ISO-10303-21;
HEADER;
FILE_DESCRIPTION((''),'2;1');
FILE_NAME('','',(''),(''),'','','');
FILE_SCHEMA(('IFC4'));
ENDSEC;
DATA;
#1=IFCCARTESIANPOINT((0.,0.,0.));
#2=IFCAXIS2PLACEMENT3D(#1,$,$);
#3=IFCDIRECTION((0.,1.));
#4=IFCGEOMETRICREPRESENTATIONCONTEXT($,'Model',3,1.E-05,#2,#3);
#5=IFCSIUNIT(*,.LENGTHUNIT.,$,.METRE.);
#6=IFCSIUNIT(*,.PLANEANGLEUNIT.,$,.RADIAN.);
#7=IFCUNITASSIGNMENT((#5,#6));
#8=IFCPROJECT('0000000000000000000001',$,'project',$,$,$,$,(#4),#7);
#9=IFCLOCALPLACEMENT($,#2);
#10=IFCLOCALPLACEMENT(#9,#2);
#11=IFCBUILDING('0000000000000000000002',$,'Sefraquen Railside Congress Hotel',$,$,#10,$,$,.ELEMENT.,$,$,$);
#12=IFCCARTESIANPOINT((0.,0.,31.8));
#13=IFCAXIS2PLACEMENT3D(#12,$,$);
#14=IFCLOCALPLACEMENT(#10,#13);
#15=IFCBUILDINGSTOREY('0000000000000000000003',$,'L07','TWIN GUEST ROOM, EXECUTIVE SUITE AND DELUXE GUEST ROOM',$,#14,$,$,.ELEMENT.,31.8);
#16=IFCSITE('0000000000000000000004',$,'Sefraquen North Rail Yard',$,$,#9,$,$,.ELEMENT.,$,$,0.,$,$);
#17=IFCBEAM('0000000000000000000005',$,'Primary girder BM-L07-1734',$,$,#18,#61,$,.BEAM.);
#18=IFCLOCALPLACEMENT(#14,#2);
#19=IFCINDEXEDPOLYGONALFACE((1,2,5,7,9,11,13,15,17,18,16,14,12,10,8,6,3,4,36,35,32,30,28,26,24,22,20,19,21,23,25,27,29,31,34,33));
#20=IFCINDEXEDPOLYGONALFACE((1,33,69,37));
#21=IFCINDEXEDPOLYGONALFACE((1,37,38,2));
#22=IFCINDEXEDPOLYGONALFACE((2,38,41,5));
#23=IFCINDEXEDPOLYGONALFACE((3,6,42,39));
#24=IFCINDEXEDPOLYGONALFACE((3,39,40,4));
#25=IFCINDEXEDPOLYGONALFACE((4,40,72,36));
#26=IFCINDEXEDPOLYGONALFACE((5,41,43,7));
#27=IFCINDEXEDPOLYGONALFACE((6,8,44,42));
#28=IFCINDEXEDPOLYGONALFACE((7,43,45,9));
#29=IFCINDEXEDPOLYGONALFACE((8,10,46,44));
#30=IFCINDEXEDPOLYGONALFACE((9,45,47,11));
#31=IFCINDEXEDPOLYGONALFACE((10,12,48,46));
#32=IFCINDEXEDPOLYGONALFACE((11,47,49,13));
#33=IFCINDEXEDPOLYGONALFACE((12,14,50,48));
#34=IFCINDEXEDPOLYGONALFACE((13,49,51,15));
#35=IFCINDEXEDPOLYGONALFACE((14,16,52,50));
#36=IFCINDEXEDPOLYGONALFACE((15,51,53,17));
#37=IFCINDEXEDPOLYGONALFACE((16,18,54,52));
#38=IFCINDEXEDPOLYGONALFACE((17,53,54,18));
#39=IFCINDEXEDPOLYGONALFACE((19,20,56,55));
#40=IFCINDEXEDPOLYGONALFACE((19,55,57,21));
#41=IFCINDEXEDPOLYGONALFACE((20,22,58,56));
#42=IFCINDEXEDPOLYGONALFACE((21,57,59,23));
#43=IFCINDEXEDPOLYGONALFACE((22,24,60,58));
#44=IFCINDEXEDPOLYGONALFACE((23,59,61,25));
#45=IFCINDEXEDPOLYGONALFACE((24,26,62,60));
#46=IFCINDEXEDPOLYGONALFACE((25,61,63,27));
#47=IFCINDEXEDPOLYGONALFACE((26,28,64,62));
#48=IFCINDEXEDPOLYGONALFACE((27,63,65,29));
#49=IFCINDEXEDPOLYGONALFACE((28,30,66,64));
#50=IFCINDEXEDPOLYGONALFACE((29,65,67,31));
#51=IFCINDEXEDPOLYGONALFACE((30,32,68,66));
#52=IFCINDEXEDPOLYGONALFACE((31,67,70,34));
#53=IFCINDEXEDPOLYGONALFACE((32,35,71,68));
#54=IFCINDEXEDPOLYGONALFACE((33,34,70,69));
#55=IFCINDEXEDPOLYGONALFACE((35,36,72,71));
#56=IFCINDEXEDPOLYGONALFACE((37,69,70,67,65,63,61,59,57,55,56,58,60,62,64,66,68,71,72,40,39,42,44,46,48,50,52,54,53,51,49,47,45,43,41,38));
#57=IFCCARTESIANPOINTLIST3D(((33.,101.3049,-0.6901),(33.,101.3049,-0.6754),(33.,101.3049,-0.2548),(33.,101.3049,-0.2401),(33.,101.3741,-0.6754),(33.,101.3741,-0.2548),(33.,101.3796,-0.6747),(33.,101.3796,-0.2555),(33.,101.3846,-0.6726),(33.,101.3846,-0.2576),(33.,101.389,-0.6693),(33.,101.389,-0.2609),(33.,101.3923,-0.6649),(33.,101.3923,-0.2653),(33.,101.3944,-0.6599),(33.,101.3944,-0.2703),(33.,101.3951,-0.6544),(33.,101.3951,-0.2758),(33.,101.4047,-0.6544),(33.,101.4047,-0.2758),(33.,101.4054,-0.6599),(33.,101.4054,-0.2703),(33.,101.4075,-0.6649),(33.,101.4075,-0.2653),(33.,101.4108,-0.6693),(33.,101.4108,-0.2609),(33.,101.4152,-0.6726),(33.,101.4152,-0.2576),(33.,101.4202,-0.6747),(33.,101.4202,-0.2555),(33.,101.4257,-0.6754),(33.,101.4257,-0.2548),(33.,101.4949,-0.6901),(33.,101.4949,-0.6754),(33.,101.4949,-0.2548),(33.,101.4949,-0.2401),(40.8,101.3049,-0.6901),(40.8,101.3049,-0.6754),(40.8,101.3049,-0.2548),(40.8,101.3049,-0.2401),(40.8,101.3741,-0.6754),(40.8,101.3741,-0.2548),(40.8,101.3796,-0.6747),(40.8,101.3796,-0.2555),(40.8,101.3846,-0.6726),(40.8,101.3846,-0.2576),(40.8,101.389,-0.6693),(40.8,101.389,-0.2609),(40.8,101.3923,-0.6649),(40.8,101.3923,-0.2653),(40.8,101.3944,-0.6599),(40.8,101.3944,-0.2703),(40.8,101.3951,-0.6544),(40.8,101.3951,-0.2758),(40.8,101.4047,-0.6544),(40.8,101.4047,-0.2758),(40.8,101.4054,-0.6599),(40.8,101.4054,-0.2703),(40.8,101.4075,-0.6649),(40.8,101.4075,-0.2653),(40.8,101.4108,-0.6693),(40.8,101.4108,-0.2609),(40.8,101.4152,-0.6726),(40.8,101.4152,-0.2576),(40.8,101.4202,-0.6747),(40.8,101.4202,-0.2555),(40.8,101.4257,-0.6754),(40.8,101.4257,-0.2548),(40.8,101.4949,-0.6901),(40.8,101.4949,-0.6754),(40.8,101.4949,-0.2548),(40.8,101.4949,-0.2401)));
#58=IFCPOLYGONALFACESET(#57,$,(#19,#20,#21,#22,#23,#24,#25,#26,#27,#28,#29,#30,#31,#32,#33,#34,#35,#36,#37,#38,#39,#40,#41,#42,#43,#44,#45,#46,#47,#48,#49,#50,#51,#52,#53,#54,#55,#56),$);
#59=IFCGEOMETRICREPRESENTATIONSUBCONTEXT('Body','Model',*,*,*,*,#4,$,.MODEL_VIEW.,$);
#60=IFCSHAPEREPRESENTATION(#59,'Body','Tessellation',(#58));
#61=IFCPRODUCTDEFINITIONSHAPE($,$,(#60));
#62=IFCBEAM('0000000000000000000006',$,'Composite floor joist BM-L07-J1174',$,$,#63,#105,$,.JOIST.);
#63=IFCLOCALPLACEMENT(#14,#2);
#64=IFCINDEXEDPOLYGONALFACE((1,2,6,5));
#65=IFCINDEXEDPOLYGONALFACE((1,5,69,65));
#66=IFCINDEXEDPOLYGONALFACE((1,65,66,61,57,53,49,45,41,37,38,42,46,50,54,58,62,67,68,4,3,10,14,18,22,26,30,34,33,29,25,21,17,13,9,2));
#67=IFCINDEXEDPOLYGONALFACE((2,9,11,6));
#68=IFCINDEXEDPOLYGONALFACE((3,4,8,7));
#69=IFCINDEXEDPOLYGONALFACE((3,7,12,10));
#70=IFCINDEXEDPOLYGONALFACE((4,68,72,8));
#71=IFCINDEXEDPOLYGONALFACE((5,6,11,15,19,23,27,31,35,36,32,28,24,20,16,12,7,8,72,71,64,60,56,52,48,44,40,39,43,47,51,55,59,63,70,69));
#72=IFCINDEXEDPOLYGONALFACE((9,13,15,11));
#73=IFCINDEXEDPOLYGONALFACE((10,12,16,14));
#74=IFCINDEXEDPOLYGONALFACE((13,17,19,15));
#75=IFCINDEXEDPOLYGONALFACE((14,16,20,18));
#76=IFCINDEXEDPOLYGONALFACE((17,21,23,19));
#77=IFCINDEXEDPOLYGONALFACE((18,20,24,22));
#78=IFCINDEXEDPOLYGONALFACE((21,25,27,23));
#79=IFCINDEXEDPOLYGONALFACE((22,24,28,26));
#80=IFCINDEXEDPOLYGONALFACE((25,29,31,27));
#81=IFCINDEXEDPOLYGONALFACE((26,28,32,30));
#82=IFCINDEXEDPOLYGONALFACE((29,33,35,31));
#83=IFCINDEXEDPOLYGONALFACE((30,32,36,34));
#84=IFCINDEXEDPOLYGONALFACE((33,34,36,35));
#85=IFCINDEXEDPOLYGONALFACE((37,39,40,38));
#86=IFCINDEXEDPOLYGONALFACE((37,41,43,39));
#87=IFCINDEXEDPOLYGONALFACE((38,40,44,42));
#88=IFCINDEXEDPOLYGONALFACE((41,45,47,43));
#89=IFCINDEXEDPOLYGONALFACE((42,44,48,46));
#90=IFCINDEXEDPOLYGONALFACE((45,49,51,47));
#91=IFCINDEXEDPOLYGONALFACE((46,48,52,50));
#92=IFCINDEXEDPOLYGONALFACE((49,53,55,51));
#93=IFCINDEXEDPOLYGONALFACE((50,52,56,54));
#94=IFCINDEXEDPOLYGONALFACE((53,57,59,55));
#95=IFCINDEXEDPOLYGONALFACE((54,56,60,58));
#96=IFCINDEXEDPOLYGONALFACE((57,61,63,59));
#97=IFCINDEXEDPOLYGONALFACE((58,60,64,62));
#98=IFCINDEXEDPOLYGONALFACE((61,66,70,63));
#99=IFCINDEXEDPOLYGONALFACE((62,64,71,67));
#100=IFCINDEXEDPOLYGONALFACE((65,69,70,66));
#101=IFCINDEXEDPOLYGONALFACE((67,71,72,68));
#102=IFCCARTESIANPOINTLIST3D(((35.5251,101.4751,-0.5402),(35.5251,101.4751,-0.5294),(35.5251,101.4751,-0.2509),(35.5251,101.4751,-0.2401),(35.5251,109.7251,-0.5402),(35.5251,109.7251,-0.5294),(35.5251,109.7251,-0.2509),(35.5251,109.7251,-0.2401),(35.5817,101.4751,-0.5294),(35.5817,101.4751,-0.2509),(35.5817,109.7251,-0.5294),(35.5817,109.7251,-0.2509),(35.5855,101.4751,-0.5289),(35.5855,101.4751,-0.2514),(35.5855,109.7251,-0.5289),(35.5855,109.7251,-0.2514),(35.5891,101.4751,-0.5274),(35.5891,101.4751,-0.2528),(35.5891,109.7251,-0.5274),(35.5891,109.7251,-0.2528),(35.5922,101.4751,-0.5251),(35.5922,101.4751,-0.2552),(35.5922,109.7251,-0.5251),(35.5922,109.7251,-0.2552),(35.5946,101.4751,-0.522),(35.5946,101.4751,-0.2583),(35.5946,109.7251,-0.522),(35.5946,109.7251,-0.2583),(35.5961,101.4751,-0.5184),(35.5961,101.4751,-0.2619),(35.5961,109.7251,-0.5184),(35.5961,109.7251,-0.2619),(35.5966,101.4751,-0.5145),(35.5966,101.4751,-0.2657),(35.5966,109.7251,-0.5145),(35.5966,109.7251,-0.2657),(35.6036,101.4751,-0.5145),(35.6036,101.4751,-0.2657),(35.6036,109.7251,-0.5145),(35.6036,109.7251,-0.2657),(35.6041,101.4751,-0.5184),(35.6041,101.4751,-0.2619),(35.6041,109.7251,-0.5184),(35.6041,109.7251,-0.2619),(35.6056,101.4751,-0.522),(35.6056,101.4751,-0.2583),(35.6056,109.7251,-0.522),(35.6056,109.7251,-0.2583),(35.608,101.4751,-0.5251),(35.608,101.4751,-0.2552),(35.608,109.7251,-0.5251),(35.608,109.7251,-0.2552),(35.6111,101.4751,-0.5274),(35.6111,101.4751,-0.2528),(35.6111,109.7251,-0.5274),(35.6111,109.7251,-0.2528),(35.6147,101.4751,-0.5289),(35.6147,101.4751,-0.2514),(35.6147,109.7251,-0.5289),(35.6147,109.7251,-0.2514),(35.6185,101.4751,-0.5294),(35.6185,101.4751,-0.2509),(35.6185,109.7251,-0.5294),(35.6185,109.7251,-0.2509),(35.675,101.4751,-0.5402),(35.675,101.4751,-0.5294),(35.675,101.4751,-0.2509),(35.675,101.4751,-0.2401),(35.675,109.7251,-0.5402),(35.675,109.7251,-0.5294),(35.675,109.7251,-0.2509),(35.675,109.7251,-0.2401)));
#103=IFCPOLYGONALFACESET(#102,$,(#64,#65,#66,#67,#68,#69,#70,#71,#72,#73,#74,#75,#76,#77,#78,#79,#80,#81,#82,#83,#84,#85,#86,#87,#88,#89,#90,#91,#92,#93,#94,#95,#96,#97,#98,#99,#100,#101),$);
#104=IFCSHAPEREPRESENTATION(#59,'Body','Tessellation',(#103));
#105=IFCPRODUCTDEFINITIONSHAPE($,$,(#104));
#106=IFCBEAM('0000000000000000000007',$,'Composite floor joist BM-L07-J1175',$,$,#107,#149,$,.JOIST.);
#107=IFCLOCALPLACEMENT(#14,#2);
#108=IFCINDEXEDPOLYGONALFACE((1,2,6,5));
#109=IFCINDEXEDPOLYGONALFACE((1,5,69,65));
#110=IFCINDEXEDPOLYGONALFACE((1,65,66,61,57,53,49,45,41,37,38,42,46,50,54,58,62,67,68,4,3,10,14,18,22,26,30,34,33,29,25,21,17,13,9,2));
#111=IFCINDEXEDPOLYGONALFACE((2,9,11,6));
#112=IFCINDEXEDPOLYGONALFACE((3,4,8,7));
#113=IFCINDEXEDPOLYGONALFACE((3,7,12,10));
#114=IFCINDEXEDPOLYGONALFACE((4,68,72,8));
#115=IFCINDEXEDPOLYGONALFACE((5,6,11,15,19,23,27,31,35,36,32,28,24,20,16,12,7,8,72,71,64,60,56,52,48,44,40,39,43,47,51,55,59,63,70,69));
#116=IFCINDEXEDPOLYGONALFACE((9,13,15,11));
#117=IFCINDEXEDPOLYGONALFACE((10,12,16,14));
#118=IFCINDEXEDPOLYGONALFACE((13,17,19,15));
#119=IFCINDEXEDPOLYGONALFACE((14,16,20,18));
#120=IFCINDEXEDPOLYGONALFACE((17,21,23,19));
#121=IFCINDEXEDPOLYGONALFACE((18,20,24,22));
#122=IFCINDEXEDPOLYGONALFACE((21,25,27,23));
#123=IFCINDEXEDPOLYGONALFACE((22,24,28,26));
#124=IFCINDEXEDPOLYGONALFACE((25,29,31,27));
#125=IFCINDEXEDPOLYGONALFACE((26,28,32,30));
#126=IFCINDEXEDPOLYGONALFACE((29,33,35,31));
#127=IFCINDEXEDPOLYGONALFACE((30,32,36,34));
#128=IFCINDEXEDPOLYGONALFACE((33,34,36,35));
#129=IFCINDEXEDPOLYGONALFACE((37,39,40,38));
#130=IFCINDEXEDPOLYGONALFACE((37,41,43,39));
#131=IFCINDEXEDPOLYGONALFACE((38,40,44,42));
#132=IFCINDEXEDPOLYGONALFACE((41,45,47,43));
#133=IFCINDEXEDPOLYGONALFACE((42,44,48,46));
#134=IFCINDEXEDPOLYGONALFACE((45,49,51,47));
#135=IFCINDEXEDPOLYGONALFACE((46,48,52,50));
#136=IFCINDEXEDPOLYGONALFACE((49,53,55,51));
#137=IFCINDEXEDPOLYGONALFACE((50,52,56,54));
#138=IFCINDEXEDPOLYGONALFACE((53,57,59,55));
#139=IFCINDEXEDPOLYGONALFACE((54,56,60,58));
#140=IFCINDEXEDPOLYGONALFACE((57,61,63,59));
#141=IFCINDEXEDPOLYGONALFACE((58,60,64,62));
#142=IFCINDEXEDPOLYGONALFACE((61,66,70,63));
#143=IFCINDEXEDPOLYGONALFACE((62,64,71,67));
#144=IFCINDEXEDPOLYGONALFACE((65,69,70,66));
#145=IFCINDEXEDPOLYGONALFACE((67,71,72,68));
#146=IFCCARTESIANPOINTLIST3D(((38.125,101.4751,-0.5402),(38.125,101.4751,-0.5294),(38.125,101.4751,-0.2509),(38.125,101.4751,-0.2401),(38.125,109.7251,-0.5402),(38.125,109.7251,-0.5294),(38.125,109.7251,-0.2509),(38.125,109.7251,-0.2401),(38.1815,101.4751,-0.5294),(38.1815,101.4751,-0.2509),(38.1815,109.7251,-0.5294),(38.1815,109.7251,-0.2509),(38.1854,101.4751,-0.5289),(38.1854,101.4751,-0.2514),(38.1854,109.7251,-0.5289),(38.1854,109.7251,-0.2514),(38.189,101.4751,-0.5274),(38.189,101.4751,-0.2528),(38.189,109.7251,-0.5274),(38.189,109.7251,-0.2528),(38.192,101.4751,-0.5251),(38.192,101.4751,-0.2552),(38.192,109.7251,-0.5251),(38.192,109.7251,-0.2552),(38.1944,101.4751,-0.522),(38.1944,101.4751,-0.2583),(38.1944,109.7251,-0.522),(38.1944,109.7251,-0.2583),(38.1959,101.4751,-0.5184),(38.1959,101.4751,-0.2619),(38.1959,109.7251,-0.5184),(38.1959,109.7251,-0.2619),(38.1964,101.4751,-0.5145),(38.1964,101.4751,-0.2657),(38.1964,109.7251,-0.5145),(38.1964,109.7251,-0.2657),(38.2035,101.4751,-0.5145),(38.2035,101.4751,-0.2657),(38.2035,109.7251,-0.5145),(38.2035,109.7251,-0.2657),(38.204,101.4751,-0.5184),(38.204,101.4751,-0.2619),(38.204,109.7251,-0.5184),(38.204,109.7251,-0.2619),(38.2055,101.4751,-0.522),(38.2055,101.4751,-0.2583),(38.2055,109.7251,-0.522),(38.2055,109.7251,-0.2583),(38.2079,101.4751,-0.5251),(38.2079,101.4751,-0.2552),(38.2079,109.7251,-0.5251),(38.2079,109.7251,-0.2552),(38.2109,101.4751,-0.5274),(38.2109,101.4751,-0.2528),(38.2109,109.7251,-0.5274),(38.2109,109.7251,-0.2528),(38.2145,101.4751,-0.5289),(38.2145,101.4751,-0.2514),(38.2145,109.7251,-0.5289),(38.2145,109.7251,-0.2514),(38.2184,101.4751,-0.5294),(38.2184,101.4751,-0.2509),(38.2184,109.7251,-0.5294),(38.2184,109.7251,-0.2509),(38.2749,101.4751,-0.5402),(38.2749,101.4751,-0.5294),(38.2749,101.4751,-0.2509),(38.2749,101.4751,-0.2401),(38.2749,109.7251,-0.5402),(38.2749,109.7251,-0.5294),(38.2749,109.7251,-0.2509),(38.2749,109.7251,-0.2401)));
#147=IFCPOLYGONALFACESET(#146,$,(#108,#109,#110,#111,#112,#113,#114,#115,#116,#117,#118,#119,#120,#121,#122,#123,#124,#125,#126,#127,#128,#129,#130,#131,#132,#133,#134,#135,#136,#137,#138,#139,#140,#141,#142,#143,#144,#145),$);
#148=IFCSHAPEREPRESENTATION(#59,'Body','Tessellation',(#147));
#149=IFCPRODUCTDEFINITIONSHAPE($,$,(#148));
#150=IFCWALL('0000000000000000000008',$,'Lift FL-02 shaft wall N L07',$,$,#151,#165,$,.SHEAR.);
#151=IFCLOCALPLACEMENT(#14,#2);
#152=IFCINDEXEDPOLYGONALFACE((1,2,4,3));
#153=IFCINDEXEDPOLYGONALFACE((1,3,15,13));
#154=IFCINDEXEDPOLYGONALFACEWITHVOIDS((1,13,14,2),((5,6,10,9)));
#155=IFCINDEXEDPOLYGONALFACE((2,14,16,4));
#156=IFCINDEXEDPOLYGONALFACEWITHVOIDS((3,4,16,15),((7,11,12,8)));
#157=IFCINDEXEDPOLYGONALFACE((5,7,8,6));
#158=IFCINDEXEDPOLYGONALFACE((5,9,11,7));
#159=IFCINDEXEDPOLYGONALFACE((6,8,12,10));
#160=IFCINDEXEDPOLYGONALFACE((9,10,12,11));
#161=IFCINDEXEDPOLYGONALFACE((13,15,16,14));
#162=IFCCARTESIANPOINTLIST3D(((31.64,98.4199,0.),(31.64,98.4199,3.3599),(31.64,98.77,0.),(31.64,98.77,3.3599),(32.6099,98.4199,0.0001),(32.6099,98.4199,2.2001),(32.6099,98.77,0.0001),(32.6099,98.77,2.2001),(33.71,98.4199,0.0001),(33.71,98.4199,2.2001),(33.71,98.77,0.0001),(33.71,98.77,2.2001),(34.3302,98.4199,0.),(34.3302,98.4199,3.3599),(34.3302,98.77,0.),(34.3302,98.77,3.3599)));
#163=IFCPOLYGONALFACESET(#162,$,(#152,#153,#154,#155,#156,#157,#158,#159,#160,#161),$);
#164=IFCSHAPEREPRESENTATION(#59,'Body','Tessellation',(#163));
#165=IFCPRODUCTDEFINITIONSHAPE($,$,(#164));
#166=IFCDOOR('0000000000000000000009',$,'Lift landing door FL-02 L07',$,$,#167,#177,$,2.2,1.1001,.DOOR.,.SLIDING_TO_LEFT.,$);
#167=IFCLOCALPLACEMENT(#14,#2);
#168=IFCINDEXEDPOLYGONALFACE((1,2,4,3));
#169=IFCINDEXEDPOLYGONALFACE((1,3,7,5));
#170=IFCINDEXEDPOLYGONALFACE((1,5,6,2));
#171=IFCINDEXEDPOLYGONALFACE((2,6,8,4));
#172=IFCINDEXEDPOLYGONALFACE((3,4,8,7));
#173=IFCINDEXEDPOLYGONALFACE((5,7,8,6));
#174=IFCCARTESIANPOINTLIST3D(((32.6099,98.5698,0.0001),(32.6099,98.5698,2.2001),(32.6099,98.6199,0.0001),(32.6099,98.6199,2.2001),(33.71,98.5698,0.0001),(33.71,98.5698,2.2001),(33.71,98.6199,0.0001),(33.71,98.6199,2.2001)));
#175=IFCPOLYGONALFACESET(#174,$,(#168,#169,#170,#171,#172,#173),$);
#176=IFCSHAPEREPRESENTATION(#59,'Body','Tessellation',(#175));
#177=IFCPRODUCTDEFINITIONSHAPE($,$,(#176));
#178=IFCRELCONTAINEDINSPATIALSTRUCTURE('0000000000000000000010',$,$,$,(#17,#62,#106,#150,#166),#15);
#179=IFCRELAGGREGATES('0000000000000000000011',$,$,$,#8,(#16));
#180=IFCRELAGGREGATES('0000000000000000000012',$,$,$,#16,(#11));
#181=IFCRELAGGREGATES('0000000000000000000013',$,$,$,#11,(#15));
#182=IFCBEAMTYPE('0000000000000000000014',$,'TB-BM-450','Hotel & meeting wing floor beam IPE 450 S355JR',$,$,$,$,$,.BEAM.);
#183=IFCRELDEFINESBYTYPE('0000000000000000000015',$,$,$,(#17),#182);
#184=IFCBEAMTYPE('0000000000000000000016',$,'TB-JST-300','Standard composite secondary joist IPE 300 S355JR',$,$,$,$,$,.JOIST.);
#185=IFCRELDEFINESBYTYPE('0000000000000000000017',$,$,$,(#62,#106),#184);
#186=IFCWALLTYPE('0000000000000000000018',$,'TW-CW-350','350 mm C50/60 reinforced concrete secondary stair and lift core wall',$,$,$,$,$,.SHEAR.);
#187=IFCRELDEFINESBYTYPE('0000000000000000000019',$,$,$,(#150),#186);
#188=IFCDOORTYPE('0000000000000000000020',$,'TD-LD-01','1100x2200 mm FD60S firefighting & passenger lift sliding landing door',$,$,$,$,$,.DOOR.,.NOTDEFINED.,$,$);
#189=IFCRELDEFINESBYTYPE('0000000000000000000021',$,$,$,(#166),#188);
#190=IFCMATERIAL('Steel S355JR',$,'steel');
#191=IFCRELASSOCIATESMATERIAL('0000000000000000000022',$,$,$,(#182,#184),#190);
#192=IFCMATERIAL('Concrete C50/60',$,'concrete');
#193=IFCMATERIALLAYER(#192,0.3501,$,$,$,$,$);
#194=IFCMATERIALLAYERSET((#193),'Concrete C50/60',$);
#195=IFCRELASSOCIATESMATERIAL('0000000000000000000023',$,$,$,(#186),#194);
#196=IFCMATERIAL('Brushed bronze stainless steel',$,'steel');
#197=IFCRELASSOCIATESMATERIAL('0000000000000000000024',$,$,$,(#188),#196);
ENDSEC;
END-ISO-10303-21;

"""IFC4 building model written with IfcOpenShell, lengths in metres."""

from ifc_helpers import new_model, si_unit, direction, frame, frame_2d, origin, origin_2d, place, context, subcontext, project, spatial, rectangle, i_section, extrude, material, layer, layer_set, material_profile, profile_set, type_object, element, fill, save


model = new_model("IFC4")

# Units and contexts
model_context = context("Model", 3, precision=1e-05, world=origin(), true_north=direction((0.0, 1.0)))
body_context = subcontext(model_context, "Body", "Model", "MODEL_VIEW")
ifc_project = project(units=[si_unit("LENGTHUNIT", "METRE"), si_unit("PLANEANGLEUNIT", "RADIAN")], contexts=[model_context])

# Site, building, storey
site_placement = place(None, origin())
site = spatial("IfcSite", under=ifc_project, at=site_placement, Name="Sefraquen North Rail Yard", CompositionType="ELEMENT", RefElevation=0.0)
building_placement = place(site_placement, origin())
building = spatial("IfcBuilding", under=site, at=building_placement, Name="Sefraquen Railside Congress Hotel", CompositionType="ELEMENT")
storey_placement = place(building_placement, frame((0.0, 0.0, 31.8)))
storey = spatial("IfcBuildingStorey", under=building, at=storey_placement, Name="L07", Description="TWIN GUEST ROOM, EXECUTIVE SUITE AND DELUXE GUEST ROOM", CompositionType="ELEMENT", Elevation=31.8)

# Shared definitions
ifc_material_1 = material(Name="Steel S355JR", Category="steel")

# Beams
ifc_material_profile_1 = material_profile(ifc_material_1, i_section(OverallWidth=0.1899, OverallDepth=0.45, WebThickness=0.0095, FlangeThickness=0.0146, FilletRadius=0.021, at=origin_2d()), Name="IPE 450")
ifc_profile_set_1 = profile_set([ifc_material_profile_1], Name="Steel S355JR")
beam_type_1 = type_object("IfcBeamType", Name="TB-BM-450", Description="Hotel & meeting wing floor beam IPE 450 S355JR", PredefinedType="BEAM", material=ifc_profile_set_1)
beam_placement = place(storey_placement, frame((33.0, 101.3999, -0.4651), z_axis=(1.0, 0.0, 0.0), x_axis=(0.0, 1.0, 0.0)))
element("IfcBeam", 1, at=beam_placement, inside=storey, type_object=beam_type_1, Name="Primary girder BM-L07-1734", PredefinedType="BEAM", context=body_context, shape_type="SweptSolid", body=[
    extrude(i_section(OverallWidth=0.1899, OverallDepth=0.45, WebThickness=0.0095, FlangeThickness=0.0146, FilletRadius=0.021, at=origin_2d()), origin(), (0.0, 0.0, 1.0), 7.8),
])
ifc_material_profile_2 = material_profile(ifc_material_1, i_section(OverallWidth=0.1499, OverallDepth=0.3, WebThickness=0.0071, FlangeThickness=0.0107, FilletRadius=0.0149, at=origin_2d()), Name="IPE 300")
ifc_profile_set_2 = profile_set([ifc_material_profile_2], Name="Steel S355JR")
beam_type_2 = type_object("IfcBeamType", Name="TB-JST-300", Description="Standard composite secondary joist IPE 300 S355JR", PredefinedType="JOIST", material=ifc_profile_set_2)
for number, where, z_axis, x_axis, name in (
    (2, (35.6001, 101.4751, -0.3901), (0.0, 1.0, 0.0), (-1.0, 0.0, 0.0), "Composite floor joist BM-L07-J1174"),
    (3, (38.2, 101.4751, -0.3901), (0.0, 1.0, 0.0), (-1.0, 0.0, 0.0), "Composite floor joist BM-L07-J1175"),
):
    element("IfcBeam", number, at=place(storey_placement, frame(where, z_axis=z_axis, x_axis=x_axis)), inside=storey, type_object=beam_type_2, Name=name, PredefinedType="JOIST", context=body_context, shape_type="SweptSolid", body=[
        extrude(i_section(OverallWidth=0.1499, OverallDepth=0.3, WebThickness=0.0071, FlangeThickness=0.0107, FilletRadius=0.0149, at=origin_2d()), origin(), (0.0, 0.0, 1.0), 8.25),
    ])

# Wall, opening, door
ifc_material_2 = material(Name="Concrete C50/60", Category="concrete")
ifc_layer_1 = layer(ifc_material_2, 0.3501)
ifc_layer_set_1 = layer_set([ifc_layer_1], Name="Concrete C50/60")
wall_type_1 = type_object("IfcWallType", Name="TW-CW-350", Description="350 mm C50/60 reinforced concrete secondary stair and lift core wall", PredefinedType="SHEAR", material=ifc_layer_set_1)
wall_1_placement = place(storey_placement, frame((31.6399, 98.595, 0.0), z_axis=(0.0, 0.0, 1.0), x_axis=(1.0, 0.0, 0.0)))
wall_1 = element("IfcWall", 4, at=wall_1_placement, inside=storey, type_object=wall_type_1, Name="Lift FL-02 shaft wall N L07", PredefinedType="SHEAR", context=body_context, shape_type="SweptSolid", body=[
    extrude(rectangle(XDim=2.6902, YDim=0.3501, at=frame_2d((1.3452, 0.0))), origin(), (0.0, 0.0, 1.0), 3.3599),
])
opening_1_placement = place(wall_1_placement, frame((0.97, 0.0, 0.0)))
opening_1 = element("IfcOpeningElement", 5, at=opening_1_placement, cuts=wall_1, PredefinedType="OPENING", context=body_context, shape_type="SweptSolid", body=[
    extrude(rectangle(XDim=1.1001, YDim=2.2, at=frame_2d((0.55, 1.1001))), frame((0.0, 0.1851, 0.0), z_axis=(0.0, -1.0, 0.0), x_axis=(1.0, 0.0, 0.0)), (0.0, 0.0, 1.0), 0.3701),
])
ifc_material_3 = material(Name="Brushed bronze stainless steel", Category="steel")
door_type_1 = type_object("IfcDoorType", Name="TD-LD-01", Description="1100x2200 mm FD60S firefighting & passenger lift sliding landing door", OperationType="NOTDEFINED", PredefinedType="DOOR", material=ifc_material_3)
door_1_placement = place(opening_1_placement, origin())
door_1 = element("IfcDoor", 6, at=door_1_placement, inside=storey, type_object=door_type_1, Name="Lift landing door FL-02 L07", OperationType="SLIDING_TO_LEFT", OverallHeight=2.2, OverallWidth=1.1001, PredefinedType="DOOR", context=body_context, shape_type="SweptSolid", body=[
    extrude(rectangle(XDim=1.1001, YDim=2.2, at=frame_2d((0.55, 1.1001))), frame((0.0, 0.0249, 0.0), z_axis=(0.0, -1.0, 0.0), x_axis=(1.0, 0.0, 0.0)), (0.0, 0.0, 1.0), 0.05),
])
fill(opening_1, door_1)

save(model, "model.ifc")
